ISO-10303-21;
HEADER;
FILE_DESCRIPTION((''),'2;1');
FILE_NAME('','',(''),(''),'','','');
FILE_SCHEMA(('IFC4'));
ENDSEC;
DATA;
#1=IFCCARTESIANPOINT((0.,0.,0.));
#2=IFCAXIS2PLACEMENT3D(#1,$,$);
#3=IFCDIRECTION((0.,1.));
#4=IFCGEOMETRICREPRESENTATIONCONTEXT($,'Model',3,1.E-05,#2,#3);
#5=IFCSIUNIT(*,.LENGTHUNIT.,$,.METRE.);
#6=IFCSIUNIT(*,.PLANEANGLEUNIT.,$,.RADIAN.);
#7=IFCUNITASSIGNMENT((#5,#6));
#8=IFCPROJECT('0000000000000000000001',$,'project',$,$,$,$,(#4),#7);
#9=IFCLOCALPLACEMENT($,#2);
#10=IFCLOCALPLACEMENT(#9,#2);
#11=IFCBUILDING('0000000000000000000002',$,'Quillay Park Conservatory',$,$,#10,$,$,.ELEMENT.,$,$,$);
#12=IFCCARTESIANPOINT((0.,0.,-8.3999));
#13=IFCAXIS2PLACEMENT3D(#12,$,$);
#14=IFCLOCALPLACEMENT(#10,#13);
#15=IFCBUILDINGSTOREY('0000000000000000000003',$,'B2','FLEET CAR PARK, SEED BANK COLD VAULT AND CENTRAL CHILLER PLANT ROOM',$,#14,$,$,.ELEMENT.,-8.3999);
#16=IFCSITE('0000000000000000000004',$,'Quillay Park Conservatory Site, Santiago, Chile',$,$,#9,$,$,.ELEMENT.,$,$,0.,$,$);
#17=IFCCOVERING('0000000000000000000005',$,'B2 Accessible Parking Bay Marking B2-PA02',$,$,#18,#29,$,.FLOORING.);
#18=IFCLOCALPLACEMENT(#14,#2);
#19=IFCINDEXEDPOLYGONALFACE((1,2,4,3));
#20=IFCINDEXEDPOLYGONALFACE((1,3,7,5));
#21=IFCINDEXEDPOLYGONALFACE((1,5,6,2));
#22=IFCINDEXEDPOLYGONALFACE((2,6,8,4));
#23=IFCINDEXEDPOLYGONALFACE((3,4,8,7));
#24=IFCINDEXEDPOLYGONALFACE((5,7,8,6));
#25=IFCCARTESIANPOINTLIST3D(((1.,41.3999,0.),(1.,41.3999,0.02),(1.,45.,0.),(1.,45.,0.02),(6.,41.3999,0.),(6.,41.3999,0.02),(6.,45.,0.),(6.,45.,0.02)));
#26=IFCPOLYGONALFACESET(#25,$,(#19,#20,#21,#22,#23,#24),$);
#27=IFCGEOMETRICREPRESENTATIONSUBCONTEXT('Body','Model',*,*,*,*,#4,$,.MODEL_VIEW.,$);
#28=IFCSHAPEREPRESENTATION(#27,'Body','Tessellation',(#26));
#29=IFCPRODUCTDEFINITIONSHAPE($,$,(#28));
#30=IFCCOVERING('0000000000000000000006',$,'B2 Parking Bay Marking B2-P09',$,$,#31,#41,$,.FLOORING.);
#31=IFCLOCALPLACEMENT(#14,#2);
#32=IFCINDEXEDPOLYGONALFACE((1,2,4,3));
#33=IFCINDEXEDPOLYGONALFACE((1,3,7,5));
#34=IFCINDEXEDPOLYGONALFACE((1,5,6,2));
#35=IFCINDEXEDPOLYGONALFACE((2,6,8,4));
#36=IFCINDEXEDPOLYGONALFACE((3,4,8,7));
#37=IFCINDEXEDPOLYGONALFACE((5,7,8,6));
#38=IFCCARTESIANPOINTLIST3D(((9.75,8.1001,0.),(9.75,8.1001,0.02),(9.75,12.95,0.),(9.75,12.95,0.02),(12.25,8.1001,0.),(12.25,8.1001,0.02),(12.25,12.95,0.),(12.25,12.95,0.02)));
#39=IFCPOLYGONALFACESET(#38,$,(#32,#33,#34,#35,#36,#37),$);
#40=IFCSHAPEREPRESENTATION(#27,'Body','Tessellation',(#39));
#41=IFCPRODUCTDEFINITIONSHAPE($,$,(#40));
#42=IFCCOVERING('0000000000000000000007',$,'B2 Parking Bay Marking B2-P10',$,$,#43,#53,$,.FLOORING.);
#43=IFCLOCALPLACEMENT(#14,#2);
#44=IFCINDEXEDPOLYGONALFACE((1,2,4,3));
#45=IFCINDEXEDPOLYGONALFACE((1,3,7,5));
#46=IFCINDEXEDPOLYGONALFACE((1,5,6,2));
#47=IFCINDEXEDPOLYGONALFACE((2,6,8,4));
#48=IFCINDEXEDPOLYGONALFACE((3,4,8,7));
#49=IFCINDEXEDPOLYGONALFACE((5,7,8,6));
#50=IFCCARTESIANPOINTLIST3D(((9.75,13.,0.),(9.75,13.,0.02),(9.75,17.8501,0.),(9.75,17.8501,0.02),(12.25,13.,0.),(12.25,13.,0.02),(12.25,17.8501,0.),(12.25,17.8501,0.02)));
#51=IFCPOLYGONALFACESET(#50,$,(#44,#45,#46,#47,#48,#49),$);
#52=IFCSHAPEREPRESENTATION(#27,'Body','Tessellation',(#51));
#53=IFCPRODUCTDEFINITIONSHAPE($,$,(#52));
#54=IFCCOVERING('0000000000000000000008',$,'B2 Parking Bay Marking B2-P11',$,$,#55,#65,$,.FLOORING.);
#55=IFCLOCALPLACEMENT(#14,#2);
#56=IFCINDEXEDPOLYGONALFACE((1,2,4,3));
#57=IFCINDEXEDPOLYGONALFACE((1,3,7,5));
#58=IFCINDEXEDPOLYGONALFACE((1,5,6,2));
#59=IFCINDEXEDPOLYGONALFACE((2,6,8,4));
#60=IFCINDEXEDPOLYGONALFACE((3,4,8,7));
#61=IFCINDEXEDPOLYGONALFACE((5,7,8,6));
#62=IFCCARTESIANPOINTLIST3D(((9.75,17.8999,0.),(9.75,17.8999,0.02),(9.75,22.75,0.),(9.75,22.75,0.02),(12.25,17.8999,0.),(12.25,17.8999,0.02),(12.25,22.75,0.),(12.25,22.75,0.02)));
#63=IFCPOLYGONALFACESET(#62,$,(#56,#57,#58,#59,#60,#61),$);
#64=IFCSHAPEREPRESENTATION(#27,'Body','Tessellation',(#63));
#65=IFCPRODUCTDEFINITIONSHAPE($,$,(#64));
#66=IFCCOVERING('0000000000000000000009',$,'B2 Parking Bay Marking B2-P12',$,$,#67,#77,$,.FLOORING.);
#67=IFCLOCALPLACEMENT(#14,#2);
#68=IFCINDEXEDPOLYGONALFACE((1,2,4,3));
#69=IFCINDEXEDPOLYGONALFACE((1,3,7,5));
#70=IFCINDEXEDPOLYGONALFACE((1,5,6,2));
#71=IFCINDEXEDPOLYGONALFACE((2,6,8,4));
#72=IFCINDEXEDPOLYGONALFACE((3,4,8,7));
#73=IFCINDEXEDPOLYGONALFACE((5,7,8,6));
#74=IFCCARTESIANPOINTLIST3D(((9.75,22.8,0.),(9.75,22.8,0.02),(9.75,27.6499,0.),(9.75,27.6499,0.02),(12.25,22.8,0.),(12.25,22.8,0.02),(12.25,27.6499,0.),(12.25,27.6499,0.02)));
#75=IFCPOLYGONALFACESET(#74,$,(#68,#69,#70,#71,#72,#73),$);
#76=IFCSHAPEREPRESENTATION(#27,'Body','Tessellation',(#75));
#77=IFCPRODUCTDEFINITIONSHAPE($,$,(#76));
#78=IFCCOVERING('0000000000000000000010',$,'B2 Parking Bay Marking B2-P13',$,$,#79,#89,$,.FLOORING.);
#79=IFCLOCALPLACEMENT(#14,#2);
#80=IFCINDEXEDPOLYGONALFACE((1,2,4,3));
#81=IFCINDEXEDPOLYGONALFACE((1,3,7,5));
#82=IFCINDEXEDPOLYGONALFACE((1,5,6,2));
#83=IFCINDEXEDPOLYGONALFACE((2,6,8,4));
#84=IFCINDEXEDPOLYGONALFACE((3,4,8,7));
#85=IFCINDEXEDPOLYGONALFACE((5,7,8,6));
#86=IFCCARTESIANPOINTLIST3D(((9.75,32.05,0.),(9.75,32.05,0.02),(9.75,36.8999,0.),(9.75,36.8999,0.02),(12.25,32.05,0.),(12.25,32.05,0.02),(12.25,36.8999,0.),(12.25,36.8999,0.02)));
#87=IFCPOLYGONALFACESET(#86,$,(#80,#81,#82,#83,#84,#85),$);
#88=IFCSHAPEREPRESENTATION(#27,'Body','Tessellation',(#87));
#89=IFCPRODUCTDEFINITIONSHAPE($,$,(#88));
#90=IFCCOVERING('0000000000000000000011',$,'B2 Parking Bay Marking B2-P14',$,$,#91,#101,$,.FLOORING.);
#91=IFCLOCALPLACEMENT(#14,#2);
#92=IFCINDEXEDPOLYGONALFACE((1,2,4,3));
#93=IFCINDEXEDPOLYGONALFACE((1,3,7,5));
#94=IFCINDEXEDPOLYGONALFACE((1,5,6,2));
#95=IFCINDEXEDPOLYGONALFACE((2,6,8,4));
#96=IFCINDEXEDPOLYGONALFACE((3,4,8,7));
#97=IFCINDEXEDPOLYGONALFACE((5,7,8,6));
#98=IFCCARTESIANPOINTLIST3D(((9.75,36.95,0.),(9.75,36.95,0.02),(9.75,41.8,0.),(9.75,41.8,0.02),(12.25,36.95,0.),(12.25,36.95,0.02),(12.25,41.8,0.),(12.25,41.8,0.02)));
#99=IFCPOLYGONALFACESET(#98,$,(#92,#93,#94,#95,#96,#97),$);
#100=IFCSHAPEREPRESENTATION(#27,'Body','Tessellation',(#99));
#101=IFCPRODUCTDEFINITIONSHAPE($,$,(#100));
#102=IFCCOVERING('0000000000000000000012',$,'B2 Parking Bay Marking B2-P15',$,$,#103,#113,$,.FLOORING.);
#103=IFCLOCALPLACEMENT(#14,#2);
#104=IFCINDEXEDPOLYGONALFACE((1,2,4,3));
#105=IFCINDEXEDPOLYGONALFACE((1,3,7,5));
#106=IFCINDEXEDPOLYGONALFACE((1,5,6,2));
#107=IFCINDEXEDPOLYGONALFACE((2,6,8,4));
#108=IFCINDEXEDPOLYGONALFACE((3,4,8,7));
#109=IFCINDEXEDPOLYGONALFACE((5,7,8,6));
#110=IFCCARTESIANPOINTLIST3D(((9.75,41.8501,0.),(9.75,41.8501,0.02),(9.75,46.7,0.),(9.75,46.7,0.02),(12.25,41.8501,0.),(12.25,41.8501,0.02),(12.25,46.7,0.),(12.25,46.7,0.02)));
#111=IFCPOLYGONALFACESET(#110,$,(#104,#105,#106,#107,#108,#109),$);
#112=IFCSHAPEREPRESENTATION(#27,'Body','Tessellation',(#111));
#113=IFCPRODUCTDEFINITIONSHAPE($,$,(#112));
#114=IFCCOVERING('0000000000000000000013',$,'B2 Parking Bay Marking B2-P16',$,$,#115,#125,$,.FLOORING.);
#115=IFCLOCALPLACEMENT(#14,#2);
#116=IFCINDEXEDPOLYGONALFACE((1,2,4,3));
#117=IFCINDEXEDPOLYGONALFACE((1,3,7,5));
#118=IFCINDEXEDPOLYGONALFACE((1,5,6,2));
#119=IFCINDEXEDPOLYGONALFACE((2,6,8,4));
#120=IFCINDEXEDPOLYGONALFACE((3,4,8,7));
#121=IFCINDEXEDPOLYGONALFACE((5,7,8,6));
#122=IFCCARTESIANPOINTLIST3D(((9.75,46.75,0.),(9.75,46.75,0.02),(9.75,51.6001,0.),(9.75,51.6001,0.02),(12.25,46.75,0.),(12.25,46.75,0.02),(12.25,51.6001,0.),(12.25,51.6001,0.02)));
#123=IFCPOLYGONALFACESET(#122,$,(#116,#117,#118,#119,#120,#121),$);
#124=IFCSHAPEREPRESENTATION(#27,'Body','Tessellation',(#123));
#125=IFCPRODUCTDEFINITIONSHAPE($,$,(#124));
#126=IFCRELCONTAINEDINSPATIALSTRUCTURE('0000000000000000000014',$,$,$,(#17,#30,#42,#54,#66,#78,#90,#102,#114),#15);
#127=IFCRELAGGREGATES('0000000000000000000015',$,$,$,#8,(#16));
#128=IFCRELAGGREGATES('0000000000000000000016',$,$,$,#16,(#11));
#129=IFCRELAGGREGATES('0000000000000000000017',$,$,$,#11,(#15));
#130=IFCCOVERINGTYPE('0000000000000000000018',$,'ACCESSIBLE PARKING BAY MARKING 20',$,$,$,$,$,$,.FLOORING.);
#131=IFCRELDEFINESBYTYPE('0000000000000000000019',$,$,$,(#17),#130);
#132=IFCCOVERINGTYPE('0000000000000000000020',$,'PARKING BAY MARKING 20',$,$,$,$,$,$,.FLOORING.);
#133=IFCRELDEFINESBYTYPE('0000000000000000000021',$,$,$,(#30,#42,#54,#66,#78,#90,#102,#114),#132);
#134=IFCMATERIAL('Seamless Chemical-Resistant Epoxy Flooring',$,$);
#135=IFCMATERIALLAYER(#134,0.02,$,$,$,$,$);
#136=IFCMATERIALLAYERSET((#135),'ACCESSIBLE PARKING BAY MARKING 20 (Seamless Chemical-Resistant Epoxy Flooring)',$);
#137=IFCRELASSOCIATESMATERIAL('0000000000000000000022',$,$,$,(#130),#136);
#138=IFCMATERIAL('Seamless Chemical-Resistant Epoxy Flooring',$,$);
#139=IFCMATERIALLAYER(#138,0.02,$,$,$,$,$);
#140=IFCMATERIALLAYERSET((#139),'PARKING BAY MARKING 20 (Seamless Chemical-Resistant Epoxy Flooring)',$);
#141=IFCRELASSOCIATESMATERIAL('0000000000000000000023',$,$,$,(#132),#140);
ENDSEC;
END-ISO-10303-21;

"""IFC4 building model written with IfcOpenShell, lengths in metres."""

from ifc_helpers import new_model, si_unit, direction, frame, origin, place, context, subcontext, project, spatial, polyline, outline, extrude, material, layer, layer_set, type_object, element, save


model = new_model("IFC4")

# Units and contexts
model_context = context("Model", 3, precision=1e-05, world=origin(), true_north=direction((0.0, 1.0)))
body_context = subcontext(model_context, "Body", "Model", "MODEL_VIEW")
ifc_project = project(units=[si_unit("LENGTHUNIT", "METRE"), si_unit("PLANEANGLEUNIT", "RADIAN")], contexts=[model_context])

# Site, building, storey
site_placement = place(None, origin())
site = spatial("IfcSite", under=ifc_project, at=site_placement, Name="Quillay Park Conservatory Site, Santiago, Chile", CompositionType="ELEMENT", RefElevation=0.0)
building_placement = place(site_placement, origin())
building = spatial("IfcBuilding", under=site, at=building_placement, Name="Quillay Park Conservatory", CompositionType="ELEMENT")
storey_placement = place(building_placement, frame((0.0, 0.0, -8.3999)))
storey = spatial("IfcBuildingStorey", under=building, at=storey_placement, Name="B2", Description="FLEET CAR PARK, SEED BANK COLD VAULT AND CENTRAL CHILLER PLANT ROOM", CompositionType="ELEMENT", Elevation=-8.3999)

# Coverings
ifc_material_1 = material(Name="Seamless Chemical-Resistant Epoxy Flooring")
ifc_layer_1 = layer(ifc_material_1, 0.02)
ifc_layer_set_1 = layer_set([ifc_layer_1], Name="ACCESSIBLE PARKING BAY MARKING 20 (Seamless Chemical-Resistant Epoxy Flooring)")
covering_type_1 = type_object("IfcCoveringType", Name="ACCESSIBLE PARKING BAY MARKING 20", PredefinedType="FLOORING", material=ifc_layer_set_1)
covering_1_placement = place(storey_placement, origin())
element("IfcCovering", 1, at=covering_1_placement, inside=storey, type_object=covering_type_1, Name="B2 Accessible Parking Bay Marking B2-PA02", PredefinedType="FLOORING", context=body_context, shape_type="SweptSolid", body=[
    extrude(outline(polyline([(1.0, 41.3999), (6.0, 41.3999), (6.0, 45.0), (1.0, 45.0), (1.0, 41.3999)])), origin(), (0.0, 0.0, 1.0), 0.02),
])
ifc_material_2 = material(Name="Seamless Chemical-Resistant Epoxy Flooring")
ifc_layer_2 = layer(ifc_material_2, 0.02)
ifc_layer_set_2 = layer_set([ifc_layer_2], Name="PARKING BAY MARKING 20 (Seamless Chemical-Resistant Epoxy Flooring)")
covering_type_2 = type_object("IfcCoveringType", Name="PARKING BAY MARKING 20", PredefinedType="FLOORING", material=ifc_layer_set_2)
covering_2_placement = place(storey_placement, origin())
element("IfcCovering", 2, at=covering_2_placement, inside=storey, type_object=covering_type_2, Name="B2 Parking Bay Marking B2-P09", PredefinedType="FLOORING", context=body_context, shape_type="SweptSolid", body=[
    extrude(outline(polyline([(9.75, 8.1001), (12.25, 8.1001), (12.25, 12.95), (9.75, 12.95), (9.75, 8.1001)])), origin(), (0.0, 0.0, 1.0), 0.02),
])
covering_3_placement = place(storey_placement, origin())
element("IfcCovering", 3, at=covering_3_placement, inside=storey, type_object=covering_type_2, Name="B2 Parking Bay Marking B2-P10", PredefinedType="FLOORING", context=body_context, shape_type="SweptSolid", body=[
    extrude(outline(polyline([(9.75, 13.0), (12.25, 13.0), (12.25, 17.8501), (9.75, 17.8501), (9.75, 13.0)])), origin(), (0.0, 0.0, 1.0), 0.02),
])
covering_4_placement = place(storey_placement, origin())
element("IfcCovering", 4, at=covering_4_placement, inside=storey, type_object=covering_type_2, Name="B2 Parking Bay Marking B2-P11", PredefinedType="FLOORING", context=body_context, shape_type="SweptSolid", body=[
    extrude(outline(polyline([(9.75, 17.8999), (12.25, 17.8999), (12.25, 22.75), (9.75, 22.75), (9.75, 17.8999)])), origin(), (0.0, 0.0, 1.0), 0.02),
])
covering_5_placement = place(storey_placement, origin())
element("IfcCovering", 5, at=covering_5_placement, inside=storey, type_object=covering_type_2, Name="B2 Parking Bay Marking B2-P12", PredefinedType="FLOORING", context=body_context, shape_type="SweptSolid", body=[
    extrude(outline(polyline([(9.75, 22.8), (12.25, 22.8), (12.25, 27.6499), (9.75, 27.6499), (9.75, 22.8)])), origin(), (0.0, 0.0, 1.0), 0.02),
])
covering_6_placement = place(storey_placement, origin())
element("IfcCovering", 6, at=covering_6_placement, inside=storey, type_object=covering_type_2, Name="B2 Parking Bay Marking B2-P13", PredefinedType="FLOORING", context=body_context, shape_type="SweptSolid", body=[
    extrude(outline(polyline([(9.75, 32.05), (12.25, 32.05), (12.25, 36.8999), (9.75, 36.8999), (9.75, 32.05)])), origin(), (0.0, 0.0, 1.0), 0.02),
])
covering_7_placement = place(storey_placement, origin())
element("IfcCovering", 7, at=covering_7_placement, inside=storey, type_object=covering_type_2, Name="B2 Parking Bay Marking B2-P14", PredefinedType="FLOORING", context=body_context, shape_type="SweptSolid", body=[
    extrude(outline(polyline([(9.75, 36.95), (12.25, 36.95), (12.25, 41.8), (9.75, 41.8), (9.75, 36.95)])), origin(), (0.0, 0.0, 1.0), 0.02),
])
covering_8_placement = place(storey_placement, origin())
element("IfcCovering", 8, at=covering_8_placement, inside=storey, type_object=covering_type_2, Name="B2 Parking Bay Marking B2-P15", PredefinedType="FLOORING", context=body_context, shape_type="SweptSolid", body=[
    extrude(outline(polyline([(9.75, 41.8501), (12.25, 41.8501), (12.25, 46.7), (9.75, 46.7), (9.75, 41.8501)])), origin(), (0.0, 0.0, 1.0), 0.02),
])
covering_9_placement = place(storey_placement, origin())
element("IfcCovering", 9, at=covering_9_placement, inside=storey, type_object=covering_type_2, Name="B2 Parking Bay Marking B2-P16", PredefinedType="FLOORING", context=body_context, shape_type="SweptSolid", body=[
    extrude(outline(polyline([(9.75, 46.75), (12.25, 46.75), (12.25, 51.6001), (9.75, 51.6001), (9.75, 46.75)])), origin(), (0.0, 0.0, 1.0), 0.02),
])

save(model, "model.ifc")
